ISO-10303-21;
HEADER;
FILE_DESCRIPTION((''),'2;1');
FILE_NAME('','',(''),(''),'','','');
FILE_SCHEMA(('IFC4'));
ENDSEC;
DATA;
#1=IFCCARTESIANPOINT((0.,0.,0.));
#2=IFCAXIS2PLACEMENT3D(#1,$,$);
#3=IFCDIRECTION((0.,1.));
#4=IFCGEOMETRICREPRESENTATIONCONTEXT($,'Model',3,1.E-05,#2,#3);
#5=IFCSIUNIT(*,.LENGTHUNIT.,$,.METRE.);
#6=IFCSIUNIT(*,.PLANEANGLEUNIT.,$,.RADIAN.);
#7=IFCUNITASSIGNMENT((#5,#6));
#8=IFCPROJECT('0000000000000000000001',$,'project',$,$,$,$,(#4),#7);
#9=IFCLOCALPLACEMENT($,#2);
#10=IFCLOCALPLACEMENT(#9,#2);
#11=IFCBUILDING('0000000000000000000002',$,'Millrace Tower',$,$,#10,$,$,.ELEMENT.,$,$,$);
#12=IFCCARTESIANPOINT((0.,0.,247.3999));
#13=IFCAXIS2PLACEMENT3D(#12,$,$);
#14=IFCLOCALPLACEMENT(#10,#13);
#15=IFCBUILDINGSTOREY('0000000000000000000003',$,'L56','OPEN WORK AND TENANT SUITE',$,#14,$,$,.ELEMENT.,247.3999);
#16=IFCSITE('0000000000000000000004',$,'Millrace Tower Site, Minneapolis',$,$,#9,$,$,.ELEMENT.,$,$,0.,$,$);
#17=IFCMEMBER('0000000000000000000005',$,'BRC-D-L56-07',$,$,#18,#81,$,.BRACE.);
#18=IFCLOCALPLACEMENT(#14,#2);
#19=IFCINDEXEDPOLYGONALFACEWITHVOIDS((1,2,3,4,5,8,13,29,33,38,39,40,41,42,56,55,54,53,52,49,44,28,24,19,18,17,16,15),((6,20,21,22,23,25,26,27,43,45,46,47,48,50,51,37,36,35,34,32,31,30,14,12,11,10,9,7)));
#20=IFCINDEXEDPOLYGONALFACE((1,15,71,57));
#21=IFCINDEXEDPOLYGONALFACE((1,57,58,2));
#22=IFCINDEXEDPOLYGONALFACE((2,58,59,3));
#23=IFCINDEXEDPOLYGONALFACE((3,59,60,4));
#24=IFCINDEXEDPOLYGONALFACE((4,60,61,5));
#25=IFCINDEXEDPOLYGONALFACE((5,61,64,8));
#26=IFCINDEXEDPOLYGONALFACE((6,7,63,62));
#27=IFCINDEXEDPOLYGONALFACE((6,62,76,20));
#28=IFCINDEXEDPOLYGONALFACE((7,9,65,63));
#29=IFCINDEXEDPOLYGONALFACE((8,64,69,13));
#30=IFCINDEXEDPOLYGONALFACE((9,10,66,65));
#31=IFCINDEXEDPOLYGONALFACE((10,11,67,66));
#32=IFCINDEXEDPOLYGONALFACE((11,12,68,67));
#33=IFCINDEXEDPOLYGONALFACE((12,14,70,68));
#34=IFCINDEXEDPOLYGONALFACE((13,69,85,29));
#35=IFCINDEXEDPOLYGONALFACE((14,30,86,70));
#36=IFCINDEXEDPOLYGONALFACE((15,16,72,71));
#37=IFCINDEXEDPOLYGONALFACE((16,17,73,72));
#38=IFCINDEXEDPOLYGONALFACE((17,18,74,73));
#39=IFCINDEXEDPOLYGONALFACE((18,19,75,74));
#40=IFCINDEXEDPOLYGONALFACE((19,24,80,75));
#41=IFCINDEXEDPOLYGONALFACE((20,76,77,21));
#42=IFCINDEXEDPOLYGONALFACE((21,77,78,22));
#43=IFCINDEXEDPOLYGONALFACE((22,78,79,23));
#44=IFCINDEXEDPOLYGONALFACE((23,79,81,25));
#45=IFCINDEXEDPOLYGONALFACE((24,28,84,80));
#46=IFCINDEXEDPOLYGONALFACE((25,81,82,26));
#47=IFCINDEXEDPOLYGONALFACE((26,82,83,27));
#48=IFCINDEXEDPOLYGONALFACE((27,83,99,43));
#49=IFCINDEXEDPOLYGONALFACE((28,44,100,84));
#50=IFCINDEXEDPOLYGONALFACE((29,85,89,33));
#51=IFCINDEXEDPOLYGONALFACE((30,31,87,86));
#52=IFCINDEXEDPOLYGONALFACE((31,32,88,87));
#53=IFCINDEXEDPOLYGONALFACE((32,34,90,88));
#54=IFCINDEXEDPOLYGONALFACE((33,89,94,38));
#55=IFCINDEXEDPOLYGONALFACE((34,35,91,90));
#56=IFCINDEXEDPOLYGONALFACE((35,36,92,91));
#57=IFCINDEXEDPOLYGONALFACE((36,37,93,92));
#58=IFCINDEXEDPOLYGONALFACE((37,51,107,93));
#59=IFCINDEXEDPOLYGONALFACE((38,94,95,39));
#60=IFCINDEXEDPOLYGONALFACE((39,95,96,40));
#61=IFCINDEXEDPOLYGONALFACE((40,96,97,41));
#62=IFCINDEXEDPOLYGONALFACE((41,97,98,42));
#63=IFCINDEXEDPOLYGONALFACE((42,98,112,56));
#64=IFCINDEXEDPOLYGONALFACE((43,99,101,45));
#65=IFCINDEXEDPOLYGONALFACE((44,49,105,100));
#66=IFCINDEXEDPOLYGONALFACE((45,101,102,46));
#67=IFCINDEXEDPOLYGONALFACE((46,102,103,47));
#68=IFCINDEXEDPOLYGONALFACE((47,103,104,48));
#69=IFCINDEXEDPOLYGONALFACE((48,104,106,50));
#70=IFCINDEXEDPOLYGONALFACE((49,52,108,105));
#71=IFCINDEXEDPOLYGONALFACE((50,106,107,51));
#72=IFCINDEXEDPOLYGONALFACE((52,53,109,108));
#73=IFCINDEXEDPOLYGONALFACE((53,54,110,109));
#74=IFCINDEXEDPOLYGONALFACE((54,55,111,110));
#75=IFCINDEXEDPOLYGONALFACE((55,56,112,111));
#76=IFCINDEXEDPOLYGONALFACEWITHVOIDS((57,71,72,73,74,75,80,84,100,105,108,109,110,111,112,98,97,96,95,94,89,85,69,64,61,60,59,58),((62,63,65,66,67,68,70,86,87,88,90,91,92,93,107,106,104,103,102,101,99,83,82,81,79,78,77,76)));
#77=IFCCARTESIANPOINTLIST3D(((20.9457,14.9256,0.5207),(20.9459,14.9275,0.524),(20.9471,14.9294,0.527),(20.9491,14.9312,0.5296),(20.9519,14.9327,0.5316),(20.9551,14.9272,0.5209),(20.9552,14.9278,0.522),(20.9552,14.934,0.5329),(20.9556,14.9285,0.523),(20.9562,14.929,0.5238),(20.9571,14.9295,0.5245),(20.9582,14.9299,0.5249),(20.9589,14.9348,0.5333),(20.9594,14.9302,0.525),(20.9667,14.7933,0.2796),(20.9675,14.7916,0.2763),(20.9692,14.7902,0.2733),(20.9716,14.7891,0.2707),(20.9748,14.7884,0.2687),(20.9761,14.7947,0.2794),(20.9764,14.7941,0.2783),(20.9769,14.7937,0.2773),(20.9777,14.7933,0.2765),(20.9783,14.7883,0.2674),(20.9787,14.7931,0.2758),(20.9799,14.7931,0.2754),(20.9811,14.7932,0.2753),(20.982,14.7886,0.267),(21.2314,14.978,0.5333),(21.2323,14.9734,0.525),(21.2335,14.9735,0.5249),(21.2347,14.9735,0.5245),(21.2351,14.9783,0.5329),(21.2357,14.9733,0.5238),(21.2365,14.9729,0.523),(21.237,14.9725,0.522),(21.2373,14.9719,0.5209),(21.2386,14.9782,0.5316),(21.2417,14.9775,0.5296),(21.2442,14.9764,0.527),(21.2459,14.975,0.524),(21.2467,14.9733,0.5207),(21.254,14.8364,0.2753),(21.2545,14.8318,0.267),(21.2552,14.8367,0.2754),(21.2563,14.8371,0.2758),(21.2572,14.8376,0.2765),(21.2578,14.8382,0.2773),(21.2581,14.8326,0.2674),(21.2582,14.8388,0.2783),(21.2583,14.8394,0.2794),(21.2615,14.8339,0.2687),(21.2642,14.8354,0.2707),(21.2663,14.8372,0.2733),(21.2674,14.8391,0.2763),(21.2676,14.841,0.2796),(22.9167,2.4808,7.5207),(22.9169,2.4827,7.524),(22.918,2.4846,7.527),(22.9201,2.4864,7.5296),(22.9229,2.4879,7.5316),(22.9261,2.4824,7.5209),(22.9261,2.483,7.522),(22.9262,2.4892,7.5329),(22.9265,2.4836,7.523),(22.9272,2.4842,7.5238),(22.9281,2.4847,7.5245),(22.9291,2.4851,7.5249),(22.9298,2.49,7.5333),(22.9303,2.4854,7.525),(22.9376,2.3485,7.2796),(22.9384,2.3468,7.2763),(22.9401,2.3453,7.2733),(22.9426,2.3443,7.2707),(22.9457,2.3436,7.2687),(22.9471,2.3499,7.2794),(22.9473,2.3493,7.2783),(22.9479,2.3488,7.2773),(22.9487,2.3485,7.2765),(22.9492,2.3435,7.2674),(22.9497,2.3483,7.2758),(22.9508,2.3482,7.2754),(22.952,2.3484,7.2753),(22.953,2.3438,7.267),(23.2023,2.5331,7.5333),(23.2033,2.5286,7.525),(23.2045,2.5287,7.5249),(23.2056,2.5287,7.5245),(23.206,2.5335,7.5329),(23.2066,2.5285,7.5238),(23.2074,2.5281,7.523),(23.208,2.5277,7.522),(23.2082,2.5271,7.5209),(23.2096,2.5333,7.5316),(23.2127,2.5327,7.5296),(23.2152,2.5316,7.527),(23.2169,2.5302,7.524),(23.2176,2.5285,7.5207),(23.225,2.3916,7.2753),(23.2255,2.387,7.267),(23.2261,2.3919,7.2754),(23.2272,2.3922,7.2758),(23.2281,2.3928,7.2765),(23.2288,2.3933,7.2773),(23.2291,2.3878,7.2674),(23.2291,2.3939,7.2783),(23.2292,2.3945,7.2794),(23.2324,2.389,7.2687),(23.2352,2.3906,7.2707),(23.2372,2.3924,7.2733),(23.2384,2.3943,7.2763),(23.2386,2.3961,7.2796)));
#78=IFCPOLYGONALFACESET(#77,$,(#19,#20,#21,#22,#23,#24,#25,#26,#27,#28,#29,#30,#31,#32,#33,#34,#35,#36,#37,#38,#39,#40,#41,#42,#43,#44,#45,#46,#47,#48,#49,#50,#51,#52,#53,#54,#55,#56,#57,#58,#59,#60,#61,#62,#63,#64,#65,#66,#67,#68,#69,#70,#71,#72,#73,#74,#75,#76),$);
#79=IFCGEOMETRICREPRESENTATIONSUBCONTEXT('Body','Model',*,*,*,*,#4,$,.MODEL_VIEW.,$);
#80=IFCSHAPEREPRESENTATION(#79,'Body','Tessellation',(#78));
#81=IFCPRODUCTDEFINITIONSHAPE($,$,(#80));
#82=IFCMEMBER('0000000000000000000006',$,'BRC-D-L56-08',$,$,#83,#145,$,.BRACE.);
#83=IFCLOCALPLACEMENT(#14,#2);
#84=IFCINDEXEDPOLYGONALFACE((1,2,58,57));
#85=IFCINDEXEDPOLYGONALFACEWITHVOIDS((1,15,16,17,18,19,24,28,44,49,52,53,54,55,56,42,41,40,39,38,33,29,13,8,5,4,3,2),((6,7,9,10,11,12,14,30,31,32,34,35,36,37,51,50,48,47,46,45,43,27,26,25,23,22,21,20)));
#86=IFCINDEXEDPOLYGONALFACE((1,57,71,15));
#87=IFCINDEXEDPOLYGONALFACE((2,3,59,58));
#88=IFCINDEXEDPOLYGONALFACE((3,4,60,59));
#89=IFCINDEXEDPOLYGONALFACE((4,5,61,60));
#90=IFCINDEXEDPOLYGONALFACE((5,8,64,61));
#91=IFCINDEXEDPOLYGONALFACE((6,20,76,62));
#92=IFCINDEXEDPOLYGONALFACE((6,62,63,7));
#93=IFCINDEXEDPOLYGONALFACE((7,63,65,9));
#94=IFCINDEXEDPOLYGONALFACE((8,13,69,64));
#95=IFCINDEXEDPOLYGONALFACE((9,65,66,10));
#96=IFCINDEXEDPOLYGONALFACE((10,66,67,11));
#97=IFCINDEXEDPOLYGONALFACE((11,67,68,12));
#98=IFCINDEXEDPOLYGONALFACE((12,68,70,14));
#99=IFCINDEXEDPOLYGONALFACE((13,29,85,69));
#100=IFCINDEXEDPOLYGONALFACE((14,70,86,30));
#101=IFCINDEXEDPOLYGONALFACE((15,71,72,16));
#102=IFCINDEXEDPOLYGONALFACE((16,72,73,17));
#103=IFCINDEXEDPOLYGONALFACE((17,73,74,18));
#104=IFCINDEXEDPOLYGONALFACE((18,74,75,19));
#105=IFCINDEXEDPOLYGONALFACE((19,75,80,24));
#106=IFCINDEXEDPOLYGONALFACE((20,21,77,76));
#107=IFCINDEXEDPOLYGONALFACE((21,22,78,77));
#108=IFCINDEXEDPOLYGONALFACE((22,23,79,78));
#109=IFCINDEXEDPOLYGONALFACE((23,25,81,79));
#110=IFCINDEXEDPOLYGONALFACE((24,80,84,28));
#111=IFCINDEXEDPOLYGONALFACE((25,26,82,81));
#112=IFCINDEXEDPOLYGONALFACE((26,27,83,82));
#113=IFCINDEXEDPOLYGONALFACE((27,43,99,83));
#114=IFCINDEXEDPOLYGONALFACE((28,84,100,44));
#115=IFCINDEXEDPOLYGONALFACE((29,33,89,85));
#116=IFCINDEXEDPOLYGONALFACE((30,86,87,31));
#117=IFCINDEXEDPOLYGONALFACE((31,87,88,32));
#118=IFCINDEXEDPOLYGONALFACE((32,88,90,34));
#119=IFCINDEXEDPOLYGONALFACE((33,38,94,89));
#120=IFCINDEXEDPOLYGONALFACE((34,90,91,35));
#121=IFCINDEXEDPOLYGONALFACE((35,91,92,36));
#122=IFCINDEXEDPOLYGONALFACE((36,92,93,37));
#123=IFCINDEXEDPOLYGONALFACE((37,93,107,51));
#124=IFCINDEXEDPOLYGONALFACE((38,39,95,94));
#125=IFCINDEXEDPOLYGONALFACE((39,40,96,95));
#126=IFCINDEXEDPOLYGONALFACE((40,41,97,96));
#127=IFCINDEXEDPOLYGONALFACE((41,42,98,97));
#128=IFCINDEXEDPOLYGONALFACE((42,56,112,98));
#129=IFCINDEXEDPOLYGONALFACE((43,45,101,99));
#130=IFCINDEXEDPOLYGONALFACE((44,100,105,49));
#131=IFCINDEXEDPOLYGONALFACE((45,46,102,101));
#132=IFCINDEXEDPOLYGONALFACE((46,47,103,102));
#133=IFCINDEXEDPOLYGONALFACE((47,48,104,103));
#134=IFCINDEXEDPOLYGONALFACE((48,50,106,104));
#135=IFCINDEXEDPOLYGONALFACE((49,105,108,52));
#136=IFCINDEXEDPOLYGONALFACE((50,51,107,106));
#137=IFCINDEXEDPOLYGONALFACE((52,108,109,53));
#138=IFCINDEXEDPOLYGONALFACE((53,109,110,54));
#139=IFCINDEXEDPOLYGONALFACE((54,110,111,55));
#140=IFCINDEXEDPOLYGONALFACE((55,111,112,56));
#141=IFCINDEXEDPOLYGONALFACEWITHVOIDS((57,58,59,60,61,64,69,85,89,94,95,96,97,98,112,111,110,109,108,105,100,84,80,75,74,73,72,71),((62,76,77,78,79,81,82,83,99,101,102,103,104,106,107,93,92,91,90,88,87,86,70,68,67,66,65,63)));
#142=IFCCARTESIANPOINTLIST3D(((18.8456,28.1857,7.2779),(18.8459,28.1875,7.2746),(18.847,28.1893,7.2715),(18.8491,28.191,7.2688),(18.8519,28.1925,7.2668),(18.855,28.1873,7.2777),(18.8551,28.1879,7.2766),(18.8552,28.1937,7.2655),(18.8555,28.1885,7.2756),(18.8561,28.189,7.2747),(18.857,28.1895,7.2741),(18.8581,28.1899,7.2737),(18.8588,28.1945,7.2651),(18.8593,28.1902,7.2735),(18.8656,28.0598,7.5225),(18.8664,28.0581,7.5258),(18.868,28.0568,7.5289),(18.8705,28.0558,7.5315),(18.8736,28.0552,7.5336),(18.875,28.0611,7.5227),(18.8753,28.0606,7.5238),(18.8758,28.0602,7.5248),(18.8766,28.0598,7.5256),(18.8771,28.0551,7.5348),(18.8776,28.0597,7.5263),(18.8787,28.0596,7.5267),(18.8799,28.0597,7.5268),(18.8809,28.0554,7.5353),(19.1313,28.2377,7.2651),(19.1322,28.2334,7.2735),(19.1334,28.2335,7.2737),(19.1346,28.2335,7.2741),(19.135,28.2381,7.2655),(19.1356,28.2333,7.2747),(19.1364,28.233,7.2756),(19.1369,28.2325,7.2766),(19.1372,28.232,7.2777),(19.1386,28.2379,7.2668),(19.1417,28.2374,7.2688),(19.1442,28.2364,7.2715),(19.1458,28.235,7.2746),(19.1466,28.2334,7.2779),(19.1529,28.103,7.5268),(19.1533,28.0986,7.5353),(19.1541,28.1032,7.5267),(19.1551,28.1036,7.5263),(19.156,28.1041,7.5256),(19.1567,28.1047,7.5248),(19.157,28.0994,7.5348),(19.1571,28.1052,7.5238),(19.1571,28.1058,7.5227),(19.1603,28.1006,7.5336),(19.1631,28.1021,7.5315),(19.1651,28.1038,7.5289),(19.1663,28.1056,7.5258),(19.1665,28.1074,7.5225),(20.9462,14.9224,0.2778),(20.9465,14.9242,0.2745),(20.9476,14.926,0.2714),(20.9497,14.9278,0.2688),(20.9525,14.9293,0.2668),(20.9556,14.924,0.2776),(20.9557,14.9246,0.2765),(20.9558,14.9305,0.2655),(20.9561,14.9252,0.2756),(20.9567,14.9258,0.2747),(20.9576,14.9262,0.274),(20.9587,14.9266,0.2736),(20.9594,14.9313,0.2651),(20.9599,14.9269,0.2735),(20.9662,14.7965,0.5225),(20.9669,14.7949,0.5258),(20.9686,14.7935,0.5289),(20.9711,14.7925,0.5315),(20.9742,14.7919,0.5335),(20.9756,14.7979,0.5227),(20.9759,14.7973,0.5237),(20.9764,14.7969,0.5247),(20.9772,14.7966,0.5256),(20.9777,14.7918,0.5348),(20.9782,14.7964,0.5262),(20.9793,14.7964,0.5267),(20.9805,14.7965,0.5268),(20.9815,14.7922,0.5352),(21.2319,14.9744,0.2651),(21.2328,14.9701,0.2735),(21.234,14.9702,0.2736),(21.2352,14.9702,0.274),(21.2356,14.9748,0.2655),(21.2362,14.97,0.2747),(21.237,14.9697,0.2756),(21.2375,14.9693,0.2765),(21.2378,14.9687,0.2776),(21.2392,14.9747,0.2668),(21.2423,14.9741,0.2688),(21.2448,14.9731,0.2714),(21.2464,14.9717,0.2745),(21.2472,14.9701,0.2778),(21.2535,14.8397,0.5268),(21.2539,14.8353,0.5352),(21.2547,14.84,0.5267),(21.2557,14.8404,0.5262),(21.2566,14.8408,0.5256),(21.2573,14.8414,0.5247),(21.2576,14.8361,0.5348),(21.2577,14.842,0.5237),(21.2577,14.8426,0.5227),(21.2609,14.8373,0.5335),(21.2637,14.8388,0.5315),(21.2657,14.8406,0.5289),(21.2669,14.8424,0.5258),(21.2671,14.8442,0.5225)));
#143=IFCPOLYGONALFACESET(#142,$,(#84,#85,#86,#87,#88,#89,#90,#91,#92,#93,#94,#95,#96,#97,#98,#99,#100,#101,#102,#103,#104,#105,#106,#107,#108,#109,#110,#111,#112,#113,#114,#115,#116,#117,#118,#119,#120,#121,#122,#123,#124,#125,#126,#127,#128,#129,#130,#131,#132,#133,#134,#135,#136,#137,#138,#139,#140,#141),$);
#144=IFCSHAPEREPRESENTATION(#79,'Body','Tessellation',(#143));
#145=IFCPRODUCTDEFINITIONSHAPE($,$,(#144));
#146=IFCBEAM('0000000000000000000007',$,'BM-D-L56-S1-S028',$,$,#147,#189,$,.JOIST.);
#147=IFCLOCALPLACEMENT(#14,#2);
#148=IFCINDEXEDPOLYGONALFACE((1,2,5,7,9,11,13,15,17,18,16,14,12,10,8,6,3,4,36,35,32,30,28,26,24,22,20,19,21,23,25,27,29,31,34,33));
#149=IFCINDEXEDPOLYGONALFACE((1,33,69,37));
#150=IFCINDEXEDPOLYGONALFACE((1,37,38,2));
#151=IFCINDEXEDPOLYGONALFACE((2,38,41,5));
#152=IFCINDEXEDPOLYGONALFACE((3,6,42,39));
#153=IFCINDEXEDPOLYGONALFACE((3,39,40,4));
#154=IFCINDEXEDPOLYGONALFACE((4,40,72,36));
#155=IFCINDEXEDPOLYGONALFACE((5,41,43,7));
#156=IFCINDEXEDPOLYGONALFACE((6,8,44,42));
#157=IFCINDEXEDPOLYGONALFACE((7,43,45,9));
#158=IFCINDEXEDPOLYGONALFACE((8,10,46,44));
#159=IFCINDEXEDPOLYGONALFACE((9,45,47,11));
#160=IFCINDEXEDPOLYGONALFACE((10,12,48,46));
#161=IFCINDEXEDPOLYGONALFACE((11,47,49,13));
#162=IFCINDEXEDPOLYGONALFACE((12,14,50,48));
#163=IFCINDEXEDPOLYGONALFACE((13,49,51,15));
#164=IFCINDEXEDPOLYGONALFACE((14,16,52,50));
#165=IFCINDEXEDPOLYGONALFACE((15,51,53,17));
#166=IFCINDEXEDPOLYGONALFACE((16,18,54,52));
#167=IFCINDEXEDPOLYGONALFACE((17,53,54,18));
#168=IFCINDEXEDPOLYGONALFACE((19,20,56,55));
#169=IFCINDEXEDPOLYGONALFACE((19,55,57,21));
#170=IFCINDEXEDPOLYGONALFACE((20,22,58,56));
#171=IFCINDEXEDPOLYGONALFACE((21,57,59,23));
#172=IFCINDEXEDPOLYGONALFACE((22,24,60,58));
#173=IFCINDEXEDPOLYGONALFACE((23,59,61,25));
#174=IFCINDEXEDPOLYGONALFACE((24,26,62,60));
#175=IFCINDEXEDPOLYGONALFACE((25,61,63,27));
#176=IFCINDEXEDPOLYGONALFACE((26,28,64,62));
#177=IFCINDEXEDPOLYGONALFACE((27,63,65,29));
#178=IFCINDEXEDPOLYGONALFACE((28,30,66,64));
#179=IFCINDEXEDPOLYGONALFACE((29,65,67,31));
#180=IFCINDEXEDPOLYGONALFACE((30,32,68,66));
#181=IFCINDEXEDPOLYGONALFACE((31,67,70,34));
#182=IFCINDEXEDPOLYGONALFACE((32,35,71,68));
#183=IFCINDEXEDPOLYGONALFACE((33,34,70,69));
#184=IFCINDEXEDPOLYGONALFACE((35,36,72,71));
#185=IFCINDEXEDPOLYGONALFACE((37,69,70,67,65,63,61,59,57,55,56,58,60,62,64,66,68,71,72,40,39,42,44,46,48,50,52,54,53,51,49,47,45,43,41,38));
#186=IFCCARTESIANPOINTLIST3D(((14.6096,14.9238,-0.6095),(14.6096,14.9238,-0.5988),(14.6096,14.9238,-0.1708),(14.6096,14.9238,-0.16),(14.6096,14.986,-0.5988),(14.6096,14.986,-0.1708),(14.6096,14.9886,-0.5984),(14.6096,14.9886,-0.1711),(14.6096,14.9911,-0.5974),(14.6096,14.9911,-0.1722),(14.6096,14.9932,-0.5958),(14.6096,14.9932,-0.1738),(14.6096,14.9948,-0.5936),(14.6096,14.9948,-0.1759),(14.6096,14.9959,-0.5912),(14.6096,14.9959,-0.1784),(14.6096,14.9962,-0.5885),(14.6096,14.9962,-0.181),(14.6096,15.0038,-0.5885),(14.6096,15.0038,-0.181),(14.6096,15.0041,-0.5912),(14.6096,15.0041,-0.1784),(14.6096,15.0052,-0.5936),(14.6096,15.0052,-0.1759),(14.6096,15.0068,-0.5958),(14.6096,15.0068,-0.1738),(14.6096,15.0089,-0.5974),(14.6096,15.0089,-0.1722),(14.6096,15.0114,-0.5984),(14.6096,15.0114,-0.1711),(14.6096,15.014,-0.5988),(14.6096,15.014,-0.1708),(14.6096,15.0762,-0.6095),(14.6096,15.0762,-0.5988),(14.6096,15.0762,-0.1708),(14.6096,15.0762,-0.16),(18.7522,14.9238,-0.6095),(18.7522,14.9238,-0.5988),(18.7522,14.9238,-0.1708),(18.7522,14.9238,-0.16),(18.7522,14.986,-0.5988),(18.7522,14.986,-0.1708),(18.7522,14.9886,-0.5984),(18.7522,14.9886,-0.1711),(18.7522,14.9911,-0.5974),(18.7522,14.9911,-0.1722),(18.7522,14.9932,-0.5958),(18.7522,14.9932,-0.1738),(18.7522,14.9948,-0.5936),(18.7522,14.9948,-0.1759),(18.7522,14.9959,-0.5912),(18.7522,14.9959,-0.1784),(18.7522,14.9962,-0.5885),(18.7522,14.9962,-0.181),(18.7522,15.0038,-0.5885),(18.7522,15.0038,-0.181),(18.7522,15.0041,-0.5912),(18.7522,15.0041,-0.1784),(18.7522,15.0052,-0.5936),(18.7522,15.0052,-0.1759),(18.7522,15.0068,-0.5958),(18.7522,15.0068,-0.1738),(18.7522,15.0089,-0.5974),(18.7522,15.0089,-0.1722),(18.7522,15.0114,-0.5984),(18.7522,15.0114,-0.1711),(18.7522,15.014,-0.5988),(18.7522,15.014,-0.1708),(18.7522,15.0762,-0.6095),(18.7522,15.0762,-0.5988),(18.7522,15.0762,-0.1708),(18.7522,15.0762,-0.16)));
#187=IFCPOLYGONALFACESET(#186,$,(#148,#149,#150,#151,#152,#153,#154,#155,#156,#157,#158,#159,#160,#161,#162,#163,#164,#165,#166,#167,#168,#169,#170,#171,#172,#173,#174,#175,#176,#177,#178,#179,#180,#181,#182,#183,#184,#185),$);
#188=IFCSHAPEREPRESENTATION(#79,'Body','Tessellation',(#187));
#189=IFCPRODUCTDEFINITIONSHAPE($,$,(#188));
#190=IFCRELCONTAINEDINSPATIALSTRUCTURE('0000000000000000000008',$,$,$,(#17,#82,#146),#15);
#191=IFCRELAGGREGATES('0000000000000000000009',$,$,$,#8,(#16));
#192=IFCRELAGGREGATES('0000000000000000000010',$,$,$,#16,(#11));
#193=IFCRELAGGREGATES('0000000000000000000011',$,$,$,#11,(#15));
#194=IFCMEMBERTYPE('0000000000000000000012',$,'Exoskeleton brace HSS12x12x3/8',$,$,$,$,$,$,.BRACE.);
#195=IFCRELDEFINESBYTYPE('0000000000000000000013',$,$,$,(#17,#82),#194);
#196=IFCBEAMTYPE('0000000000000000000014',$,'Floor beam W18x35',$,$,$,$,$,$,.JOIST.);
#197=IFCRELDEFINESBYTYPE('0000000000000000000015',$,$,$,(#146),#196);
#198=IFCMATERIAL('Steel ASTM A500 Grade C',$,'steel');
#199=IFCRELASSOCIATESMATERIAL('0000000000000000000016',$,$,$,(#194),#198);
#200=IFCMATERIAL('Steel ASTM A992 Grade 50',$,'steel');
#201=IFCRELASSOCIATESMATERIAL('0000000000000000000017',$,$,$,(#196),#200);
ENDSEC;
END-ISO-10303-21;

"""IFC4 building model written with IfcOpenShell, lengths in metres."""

from ifc_helpers import new_model, si_unit, direction, frame, origin, origin_2d, place, context, subcontext, project, spatial, hollow_rectangle, i_section, extrude, material, material_profile, profile_set, type_object, element, save


model = new_model("IFC4")

# Units and contexts
model_context = context("Model", 3, precision=1e-05, world=origin(), true_north=direction((0.0, 1.0)))
body_context = subcontext(model_context, "Body", "Model", "MODEL_VIEW")
ifc_project = project(units=[si_unit("LENGTHUNIT", "METRE"), si_unit("PLANEANGLEUNIT", "RADIAN")], contexts=[model_context])

# Site, building, storey
site_placement = place(None, origin())
site = spatial("IfcSite", under=ifc_project, at=site_placement, Name="Millrace Tower Site, Minneapolis", CompositionType="ELEMENT", RefElevation=0.0)
building_placement = place(site_placement, origin())
building = spatial("IfcBuilding", under=site, at=building_placement, Name="Millrace Tower", CompositionType="ELEMENT")
storey_placement = place(building_placement, frame((0.0, 0.0, 247.3999)))
storey = spatial("IfcBuildingStorey", under=building, at=storey_placement, Name="L56", Description="OPEN WORK AND TENANT SUITE", CompositionType="ELEMENT", Elevation=247.3999)

# Members
ifc_material_1 = material(Name="Steel ASTM A500 Grade C", Category="steel")
ifc_material_profile_1 = material_profile(ifc_material_1, hollow_rectangle(XDim=0.3047, YDim=0.3047, WallThickness=0.0095, InnerFilletRadius=0.0046, OuterFilletRadius=0.0144, at=origin_2d()))
ifc_profile_set_1 = profile_set([ifc_material_profile_1], Name="Steel ASTM A500 Grade C")
member_type_1 = type_object("IfcMemberType", Name="Exoskeleton brace HSS12x12x3/8", PredefinedType="BRACE", material=ifc_profile_set_1)
member_1_placement = place(storey_placement, frame((21.1067, 14.8833, 0.4001), z_axis=(0.13674, -0.863395, 0.485645), x_axis=(0.98769, 0.156425, 0.0)))
element("IfcMember", 1, at=member_1_placement, inside=storey, type_object=member_type_1, Name="BRC-D-L56-07", PredefinedType="BRACE", context=body_context, shape_type="SweptSolid", body=[
    extrude(hollow_rectangle(XDim=0.3047, YDim=0.3047, WallThickness=0.0095, InnerFilletRadius=0.0046, OuterFilletRadius=0.0144, at=origin_2d()), origin(), (0.0, 0.0, 1.0), 14.4138),
])
member_2_placement = place(storey_placement, frame((21.1067, 14.8833, 0.4001), z_axis=(-0.138712, 0.875836, 0.462246), x_axis=(-0.987689, -0.156427, 0.0)))
element("IfcMember", 2, at=member_2_placement, inside=storey, type_object=member_type_1, Name="BRC-D-L56-08", PredefinedType="BRACE", context=body_context, shape_type="SweptSolid", body=[
    extrude(hollow_rectangle(XDim=0.3047, YDim=0.3047, WallThickness=0.0095, InnerFilletRadius=0.0046, OuterFilletRadius=0.0144, at=origin_2d()), origin(), (0.0, 0.0, 1.0), 15.1436),
])

# Beam
ifc_material_2 = material(Name="Steel ASTM A992 Grade 50", Category="steel")
ifc_material_profile_2 = material_profile(ifc_material_2, i_section(OverallWidth=0.1523, OverallDepth=0.4495, WebThickness=0.0076, FlangeThickness=0.0107, FilletRadius=0.0103, at=origin_2d()))
ifc_profile_set_2 = profile_set([ifc_material_profile_2], Name="Steel ASTM A992 Grade 50")
beam_type_1 = type_object("IfcBeamType", Name="Floor beam W18x35", PredefinedType="JOIST", material=ifc_profile_set_2)
beam_1_placement = place(storey_placement, frame((14.6096, 15.0, -0.3848), z_axis=(1.0, 0.0, 0.0), x_axis=(0.0, 1.0, 0.0)))
element("IfcBeam", 3, at=beam_1_placement, inside=storey, type_object=beam_type_1, Name="BM-D-L56-S1-S028", PredefinedType="JOIST", context=body_context, shape_type="SweptSolid", body=[
    extrude(i_section(OverallWidth=0.1523, OverallDepth=0.4495, WebThickness=0.0076, FlangeThickness=0.0107, FilletRadius=0.0103, at=origin_2d()), origin(), (0.0, 0.0, 1.0), 4.1426),
])

save(model, "model.ifc")
